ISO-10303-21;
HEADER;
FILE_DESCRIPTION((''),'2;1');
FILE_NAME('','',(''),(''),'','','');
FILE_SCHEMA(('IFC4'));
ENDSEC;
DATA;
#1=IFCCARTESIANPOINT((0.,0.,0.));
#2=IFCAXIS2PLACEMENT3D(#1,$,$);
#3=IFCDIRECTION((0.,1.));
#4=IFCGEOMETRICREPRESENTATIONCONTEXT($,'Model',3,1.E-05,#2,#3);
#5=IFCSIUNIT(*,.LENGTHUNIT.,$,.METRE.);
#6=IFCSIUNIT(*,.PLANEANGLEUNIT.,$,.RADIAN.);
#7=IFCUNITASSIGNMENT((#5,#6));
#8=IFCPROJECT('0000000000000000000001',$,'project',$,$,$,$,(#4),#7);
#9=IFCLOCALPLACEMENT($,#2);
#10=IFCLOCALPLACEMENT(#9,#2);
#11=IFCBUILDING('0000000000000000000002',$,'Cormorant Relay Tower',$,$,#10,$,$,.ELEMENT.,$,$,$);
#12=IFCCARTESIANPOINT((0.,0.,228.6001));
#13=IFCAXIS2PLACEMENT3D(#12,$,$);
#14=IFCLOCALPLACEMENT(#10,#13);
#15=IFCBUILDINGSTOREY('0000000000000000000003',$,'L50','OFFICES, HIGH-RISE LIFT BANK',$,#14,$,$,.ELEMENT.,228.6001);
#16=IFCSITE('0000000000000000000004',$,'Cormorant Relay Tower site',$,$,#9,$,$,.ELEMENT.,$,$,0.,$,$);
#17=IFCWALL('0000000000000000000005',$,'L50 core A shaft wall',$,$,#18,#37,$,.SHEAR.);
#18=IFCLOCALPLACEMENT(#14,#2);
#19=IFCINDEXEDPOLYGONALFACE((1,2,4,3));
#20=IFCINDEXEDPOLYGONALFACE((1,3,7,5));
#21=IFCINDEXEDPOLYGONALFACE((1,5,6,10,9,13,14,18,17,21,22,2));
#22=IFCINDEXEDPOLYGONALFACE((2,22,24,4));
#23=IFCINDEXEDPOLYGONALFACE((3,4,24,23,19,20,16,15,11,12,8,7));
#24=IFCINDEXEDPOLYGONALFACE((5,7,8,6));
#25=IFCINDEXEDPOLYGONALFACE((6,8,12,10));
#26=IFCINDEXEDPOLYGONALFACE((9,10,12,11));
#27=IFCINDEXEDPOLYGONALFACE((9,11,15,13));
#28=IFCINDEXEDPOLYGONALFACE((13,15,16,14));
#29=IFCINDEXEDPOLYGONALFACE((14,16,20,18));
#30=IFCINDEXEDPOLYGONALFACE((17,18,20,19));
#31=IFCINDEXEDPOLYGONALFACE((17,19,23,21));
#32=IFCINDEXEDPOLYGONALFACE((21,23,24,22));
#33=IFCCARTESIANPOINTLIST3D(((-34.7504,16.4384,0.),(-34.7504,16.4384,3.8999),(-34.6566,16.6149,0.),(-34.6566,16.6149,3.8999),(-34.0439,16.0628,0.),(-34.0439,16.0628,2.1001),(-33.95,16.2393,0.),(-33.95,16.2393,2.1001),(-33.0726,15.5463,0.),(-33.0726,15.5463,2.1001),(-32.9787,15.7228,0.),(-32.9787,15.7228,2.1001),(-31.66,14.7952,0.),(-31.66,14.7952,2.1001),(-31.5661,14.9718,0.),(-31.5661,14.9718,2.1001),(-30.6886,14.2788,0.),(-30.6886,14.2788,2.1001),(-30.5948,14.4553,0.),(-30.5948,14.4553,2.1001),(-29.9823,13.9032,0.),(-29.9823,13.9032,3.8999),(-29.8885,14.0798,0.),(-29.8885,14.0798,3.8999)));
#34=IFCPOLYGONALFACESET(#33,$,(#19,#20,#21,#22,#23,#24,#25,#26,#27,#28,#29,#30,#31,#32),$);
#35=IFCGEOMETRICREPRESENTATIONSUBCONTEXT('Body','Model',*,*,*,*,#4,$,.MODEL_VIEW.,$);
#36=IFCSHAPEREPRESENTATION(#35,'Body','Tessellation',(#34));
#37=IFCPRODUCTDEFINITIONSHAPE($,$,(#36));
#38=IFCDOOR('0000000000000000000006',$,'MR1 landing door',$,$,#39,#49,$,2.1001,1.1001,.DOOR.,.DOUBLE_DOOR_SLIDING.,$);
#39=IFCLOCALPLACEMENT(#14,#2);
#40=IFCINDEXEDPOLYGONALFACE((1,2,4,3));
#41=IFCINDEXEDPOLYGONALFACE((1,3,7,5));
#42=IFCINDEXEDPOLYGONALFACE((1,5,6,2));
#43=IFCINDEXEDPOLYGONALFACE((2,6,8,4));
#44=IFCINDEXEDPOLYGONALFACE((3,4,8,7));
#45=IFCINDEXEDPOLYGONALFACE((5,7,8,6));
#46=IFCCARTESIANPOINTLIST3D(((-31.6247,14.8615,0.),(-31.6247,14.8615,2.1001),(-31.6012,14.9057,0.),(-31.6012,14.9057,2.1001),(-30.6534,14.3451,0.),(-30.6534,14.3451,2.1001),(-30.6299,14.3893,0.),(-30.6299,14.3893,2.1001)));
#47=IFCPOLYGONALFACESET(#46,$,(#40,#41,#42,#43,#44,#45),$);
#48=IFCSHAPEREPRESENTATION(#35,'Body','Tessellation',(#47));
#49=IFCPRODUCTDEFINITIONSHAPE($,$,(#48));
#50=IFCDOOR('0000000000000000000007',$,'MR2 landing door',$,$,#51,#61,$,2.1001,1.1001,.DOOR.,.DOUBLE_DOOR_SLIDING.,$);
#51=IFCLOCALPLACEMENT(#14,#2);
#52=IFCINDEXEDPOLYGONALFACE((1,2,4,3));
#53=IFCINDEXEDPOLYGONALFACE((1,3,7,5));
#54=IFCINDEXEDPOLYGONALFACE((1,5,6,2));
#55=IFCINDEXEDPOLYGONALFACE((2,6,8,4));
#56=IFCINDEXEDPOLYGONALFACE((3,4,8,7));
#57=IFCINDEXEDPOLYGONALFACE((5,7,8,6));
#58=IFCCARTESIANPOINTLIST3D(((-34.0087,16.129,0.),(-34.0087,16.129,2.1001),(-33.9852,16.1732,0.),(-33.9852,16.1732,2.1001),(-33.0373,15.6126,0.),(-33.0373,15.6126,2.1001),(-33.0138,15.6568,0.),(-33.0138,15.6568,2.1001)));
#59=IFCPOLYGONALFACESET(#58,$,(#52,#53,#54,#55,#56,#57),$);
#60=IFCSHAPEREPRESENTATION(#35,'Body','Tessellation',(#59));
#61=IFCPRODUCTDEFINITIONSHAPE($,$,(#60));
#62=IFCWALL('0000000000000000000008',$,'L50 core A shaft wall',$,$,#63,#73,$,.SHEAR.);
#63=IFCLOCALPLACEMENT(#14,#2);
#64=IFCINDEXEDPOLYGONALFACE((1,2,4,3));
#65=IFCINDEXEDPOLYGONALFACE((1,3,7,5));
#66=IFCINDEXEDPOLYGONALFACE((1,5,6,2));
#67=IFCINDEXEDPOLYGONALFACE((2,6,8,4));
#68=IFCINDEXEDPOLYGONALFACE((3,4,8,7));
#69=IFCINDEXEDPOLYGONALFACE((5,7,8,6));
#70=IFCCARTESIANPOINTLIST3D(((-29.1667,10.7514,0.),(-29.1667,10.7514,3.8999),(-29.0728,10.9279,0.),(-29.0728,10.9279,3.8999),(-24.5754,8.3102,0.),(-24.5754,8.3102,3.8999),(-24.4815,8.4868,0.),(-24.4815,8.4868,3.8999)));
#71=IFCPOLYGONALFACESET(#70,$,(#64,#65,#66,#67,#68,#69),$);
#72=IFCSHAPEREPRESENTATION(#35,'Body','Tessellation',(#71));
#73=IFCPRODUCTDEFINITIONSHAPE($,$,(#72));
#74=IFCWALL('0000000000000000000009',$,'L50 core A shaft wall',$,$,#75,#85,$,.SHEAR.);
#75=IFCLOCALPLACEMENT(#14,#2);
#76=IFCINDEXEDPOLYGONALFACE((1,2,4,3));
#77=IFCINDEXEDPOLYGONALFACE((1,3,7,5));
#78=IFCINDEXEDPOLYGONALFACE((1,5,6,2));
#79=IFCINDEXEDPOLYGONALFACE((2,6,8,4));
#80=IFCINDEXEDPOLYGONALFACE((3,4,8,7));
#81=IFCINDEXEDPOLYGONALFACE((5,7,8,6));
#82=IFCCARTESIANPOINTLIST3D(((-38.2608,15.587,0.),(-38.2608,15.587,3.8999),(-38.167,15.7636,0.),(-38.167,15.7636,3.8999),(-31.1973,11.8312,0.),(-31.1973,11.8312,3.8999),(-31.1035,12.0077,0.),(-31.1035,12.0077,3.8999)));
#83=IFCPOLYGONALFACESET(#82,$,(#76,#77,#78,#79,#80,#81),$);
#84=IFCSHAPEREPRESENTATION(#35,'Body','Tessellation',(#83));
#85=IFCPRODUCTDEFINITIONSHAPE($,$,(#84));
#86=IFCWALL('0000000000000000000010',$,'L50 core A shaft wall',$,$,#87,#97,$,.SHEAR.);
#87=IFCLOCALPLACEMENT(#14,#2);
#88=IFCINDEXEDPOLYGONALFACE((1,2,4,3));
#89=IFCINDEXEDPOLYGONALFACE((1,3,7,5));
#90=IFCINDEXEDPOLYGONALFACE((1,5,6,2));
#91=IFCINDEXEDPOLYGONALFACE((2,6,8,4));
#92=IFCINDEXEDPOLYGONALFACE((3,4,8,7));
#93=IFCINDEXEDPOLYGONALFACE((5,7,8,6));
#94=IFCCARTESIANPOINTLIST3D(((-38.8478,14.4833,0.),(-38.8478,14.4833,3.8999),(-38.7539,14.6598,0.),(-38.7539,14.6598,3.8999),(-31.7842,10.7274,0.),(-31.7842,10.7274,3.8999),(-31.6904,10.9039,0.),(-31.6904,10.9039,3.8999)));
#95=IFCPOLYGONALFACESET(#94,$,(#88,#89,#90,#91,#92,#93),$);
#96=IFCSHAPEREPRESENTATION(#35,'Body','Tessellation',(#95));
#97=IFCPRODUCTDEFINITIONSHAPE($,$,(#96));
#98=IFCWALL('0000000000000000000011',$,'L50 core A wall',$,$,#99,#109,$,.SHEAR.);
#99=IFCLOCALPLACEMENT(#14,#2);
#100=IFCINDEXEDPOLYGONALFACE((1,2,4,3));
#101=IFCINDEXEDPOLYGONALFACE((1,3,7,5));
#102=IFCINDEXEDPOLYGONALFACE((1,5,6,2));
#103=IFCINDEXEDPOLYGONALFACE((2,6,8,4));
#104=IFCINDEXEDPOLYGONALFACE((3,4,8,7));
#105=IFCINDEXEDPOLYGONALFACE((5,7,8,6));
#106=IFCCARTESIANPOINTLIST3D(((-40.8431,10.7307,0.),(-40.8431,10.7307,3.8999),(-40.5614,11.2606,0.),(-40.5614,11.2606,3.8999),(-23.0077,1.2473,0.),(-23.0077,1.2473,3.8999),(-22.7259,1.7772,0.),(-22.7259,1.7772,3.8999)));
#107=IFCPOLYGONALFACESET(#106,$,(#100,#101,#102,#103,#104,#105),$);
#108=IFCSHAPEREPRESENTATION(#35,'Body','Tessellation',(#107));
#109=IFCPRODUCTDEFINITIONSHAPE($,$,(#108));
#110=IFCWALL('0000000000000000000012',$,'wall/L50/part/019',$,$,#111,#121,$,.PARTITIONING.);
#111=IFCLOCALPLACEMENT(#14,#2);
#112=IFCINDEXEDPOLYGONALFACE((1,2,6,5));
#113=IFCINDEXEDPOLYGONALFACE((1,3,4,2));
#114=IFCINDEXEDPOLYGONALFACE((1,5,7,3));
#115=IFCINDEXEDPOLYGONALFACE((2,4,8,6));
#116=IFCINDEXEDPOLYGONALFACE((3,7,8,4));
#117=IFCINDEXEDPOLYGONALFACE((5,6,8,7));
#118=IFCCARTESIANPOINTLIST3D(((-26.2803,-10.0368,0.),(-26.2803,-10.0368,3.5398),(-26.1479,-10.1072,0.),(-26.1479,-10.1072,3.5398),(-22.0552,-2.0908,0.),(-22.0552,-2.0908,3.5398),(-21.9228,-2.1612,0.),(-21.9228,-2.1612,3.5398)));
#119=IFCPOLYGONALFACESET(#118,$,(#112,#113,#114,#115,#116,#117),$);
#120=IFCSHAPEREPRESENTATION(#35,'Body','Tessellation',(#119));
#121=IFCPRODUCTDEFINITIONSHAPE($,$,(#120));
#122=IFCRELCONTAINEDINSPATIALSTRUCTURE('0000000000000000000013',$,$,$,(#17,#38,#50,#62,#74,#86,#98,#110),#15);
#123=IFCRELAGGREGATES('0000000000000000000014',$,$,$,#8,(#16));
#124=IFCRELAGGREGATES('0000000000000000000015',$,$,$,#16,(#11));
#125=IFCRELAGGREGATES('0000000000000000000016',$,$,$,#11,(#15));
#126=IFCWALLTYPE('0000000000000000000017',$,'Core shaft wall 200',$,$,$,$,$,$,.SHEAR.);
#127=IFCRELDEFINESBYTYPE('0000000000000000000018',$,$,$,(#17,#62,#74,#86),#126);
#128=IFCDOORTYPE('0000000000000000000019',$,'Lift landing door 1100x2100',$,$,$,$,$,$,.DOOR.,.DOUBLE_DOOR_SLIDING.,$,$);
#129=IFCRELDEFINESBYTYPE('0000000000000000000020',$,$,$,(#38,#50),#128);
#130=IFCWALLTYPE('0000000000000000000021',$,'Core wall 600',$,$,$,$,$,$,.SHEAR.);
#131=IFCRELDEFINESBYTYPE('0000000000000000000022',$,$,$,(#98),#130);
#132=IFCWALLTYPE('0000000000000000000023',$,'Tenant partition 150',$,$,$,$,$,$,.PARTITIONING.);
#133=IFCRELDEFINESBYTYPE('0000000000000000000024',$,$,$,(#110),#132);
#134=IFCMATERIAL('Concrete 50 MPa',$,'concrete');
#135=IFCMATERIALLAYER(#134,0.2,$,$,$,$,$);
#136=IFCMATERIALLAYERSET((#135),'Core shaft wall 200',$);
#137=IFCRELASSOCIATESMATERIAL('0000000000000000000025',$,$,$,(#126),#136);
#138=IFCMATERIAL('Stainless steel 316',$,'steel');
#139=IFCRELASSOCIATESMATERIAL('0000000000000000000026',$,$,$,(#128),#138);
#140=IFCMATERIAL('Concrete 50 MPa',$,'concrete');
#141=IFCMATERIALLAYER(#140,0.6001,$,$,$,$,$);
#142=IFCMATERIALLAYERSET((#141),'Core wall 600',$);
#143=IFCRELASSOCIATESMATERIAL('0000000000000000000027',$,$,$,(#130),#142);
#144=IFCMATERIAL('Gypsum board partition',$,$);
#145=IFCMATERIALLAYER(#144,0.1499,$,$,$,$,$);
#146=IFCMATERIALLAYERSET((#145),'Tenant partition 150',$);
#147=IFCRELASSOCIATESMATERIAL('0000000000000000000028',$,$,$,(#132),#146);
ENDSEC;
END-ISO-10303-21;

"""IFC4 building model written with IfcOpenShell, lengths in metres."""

from ifc_helpers import new_model, si_unit, direction, frame, frame_2d, origin, place, context, subcontext, project, spatial, rectangle, extrude, material, layer, layer_set, type_object, element, fill, save


model = new_model("IFC4")

# Units and contexts
model_context = context("Model", 3, precision=1e-05, world=origin(), true_north=direction((0.0, 1.0)))
body_context = subcontext(model_context, "Body", "Model", "MODEL_VIEW")
ifc_project = project(units=[si_unit("LENGTHUNIT", "METRE"), si_unit("PLANEANGLEUNIT", "RADIAN")], contexts=[model_context])

# Site, building, storey
site_placement = place(None, origin())
site = spatial("IfcSite", under=ifc_project, at=site_placement, Name="Cormorant Relay Tower site", CompositionType="ELEMENT", RefElevation=0.0)
building_placement = place(site_placement, origin())
building = spatial("IfcBuilding", under=site, at=building_placement, Name="Cormorant Relay Tower", CompositionType="ELEMENT")
storey_placement = place(building_placement, frame((0.0, 0.0, 228.6001)))
storey = spatial("IfcBuildingStorey", under=building, at=storey_placement, Name="L50", Description="OFFICES, HIGH-RISE LIFT BANK", CompositionType="ELEMENT", Elevation=228.6001)

# Shared definitions
ifc_material_1 = material(Name="Concrete 50 MPa", Category="concrete")
ifc_layer_1 = layer(ifc_material_1, 0.2)
ifc_layer_set_1 = layer_set([ifc_layer_1], Name="Core shaft wall 200")
wall_type_1 = type_object("IfcWallType", Name="Core shaft wall 200", PredefinedType="SHEAR", material=ifc_layer_set_1)

# Wall, openings, doors
wall_1_placement = place(storey_placement, frame((-29.9353, 13.9915, 0.0), z_axis=(0.0, 0.0, 1.0), x_axis=(-0.882953, 0.469462, 0.0)))
wall_1 = element("IfcWall", 1, at=wall_1_placement, inside=storey, type_object=wall_type_1, Name="L50 core A shaft wall", PredefinedType="SHEAR", context=body_context, shape_type="SweptSolid", body=[
    extrude(rectangle(XDim=5.4001, YDim=0.2, at=frame_2d((2.7002, 0.0))), origin(), (0.0, 0.0, 1.0), 3.8999),
])
opening_1_placement = place(wall_1_placement, frame((0.8, 0.0, 0.0)))
opening_1 = element("IfcOpeningElement", 2, at=opening_1_placement, cuts=wall_1, PredefinedType="OPENING", context=body_context, shape_type="SweptSolid", body=[
    extrude(rectangle(XDim=1.1001, YDim=2.1001, at=frame_2d((0.55, 1.05))), frame((0.0, 0.1099, 0.0), z_axis=(0.0, -1.0, 0.0), x_axis=(1.0, 0.0, 0.0)), (0.0, 0.0, 1.0), 0.22),
])
opening_2_placement = place(wall_1_placement, frame((3.5, 0.0, 0.0)))
opening_2 = element("IfcOpeningElement", 3, at=opening_2_placement, cuts=wall_1, PredefinedType="OPENING", context=body_context, shape_type="SweptSolid", body=[
    extrude(rectangle(XDim=1.1001, YDim=2.1001, at=frame_2d((0.55, 1.05))), frame((0.0, 0.1099, 0.0), z_axis=(0.0, -1.0, 0.0), x_axis=(1.0, 0.0, 0.0)), (0.0, 0.0, 1.0), 0.22),
])
ifc_material_2 = material(Name="Stainless steel 316", Category="steel")
door_type_1 = type_object("IfcDoorType", Name="Lift landing door 1100x2100", OperationType="DOUBLE_DOOR_SLIDING", PredefinedType="DOOR", material=ifc_material_2)
door_1_placement = place(opening_1_placement, origin())
door_1 = element("IfcDoor", 4, at=door_1_placement, inside=storey, type_object=door_type_1, Name="MR1 landing door", OperationType="DOUBLE_DOOR_SLIDING", OverallHeight=2.1001, OverallWidth=1.1001, PredefinedType="DOOR", context=body_context, shape_type="SweptSolid", body=[
    extrude(rectangle(XDim=1.1001, YDim=2.1001, at=frame_2d((0.55, 1.05))), frame((0.0, 0.0249, 0.0), z_axis=(0.0, -1.0, 0.0), x_axis=(1.0, 0.0, 0.0)), (0.0, 0.0, 1.0), 0.05),
])
fill(opening_1, door_1)
door_2_placement = place(opening_2_placement, origin())
door_2 = element("IfcDoor", 5, at=door_2_placement, inside=storey, type_object=door_type_1, Name="MR2 landing door", OperationType="DOUBLE_DOOR_SLIDING", OverallHeight=2.1001, OverallWidth=1.1001, PredefinedType="DOOR", context=body_context, shape_type="SweptSolid", body=[
    extrude(rectangle(XDim=1.1001, YDim=2.1001, at=frame_2d((0.55, 1.05))), frame((0.0, 0.0249, 0.0), z_axis=(0.0, -1.0, 0.0), x_axis=(1.0, 0.0, 0.0)), (0.0, 0.0, 1.0), 0.05),
])
fill(opening_2, door_2)

# Walls
wall_2_placement = place(storey_placement, frame((-24.5283, 8.3984, 0.0), z_axis=(0.0, 0.0, 1.0), x_axis=(-0.882954, 0.46946, 0.0)))
element("IfcWall", 6, at=wall_2_placement, inside=storey, type_object=wall_type_1, Name="L50 core A shaft wall", PredefinedType="SHEAR", context=body_context, shape_type="SweptSolid", body=[
    extrude(rectangle(XDim=5.2, YDim=0.2, at=frame_2d((2.6001, 0.0))), origin(), (0.0, 0.0, 1.0), 3.8999),
])
for number, where, z_axis, x_axis, name in (
    (7, (-31.1504, 11.9194, 0.0), (0.0, 0.0, 1.0), (-0.88294, 0.469485, 0.0), "L50 core A shaft wall"),
    (8, (-31.7373, 10.8157, 0.0), (0.0, 0.0, 1.0), (-0.88294, 0.469485, 0.0), "L50 core A shaft wall"),
):
    element("IfcWall", number, at=place(storey_placement, frame(where, z_axis=z_axis, x_axis=x_axis)), inside=storey, type_object=wall_type_1, Name=name, PredefinedType="SHEAR", context=body_context, shape_type="SweptSolid", body=[
        extrude(rectangle(XDim=8.0, YDim=0.2, at=frame_2d((4.0, 0.0))), origin(), (0.0, 0.0, 1.0), 3.8999),
    ])
ifc_material_3 = material(Name="Concrete 50 MPa", Category="concrete")
ifc_layer_2 = layer(ifc_material_3, 0.6001)
ifc_layer_set_2 = layer_set([ifc_layer_2], Name="Core wall 600")
wall_type_2 = type_object("IfcWallType", Name="Core wall 600", PredefinedType="SHEAR", material=ifc_layer_set_2)
wall_3_placement = place(storey_placement, frame((-22.8667, 1.5122, 0.0), z_axis=(0.0, 0.0, 1.0), x_axis=(-0.882945, 0.469476, 0.0)))
element("IfcWall", 9, at=wall_3_placement, inside=storey, type_object=wall_type_2, Name="L50 core A wall", PredefinedType="SHEAR", context=body_context, shape_type="SweptSolid", body=[
    extrude(rectangle(XDim=20.2, YDim=0.6001, at=frame_2d((10.1001, 0.0))), origin(), (0.0, 0.0, 1.0), 3.8999),
])
ifc_material_4 = material(Name="Gypsum board partition")
ifc_layer_3 = layer(ifc_material_4, 0.1499)
ifc_layer_set_3 = layer_set([ifc_layer_3], Name="Tenant partition 150")
wall_type_3 = type_object("IfcWallType", Name="Tenant partition 150", PredefinedType="PARTITIONING", material=ifc_layer_set_3)
wall_4_placement = place(storey_placement, frame((-21.989, -2.126, 0.0), z_axis=(0.0, 0.0, 1.0), x_axis=(-0.469481, -0.882942, 0.0)))
element("IfcWall", 10, at=wall_4_placement, inside=storey, type_object=wall_type_3, Name="wall/L50/part/019", PredefinedType="PARTITIONING", context=body_context, shape_type="SweptSolid", body=[
    extrude(rectangle(XDim=8.9995, YDim=0.1499, at=frame_2d((4.4998, 0.0))), origin(), (0.0, 0.0, 1.0), 3.5398),
])

save(model, "model.ifc")
